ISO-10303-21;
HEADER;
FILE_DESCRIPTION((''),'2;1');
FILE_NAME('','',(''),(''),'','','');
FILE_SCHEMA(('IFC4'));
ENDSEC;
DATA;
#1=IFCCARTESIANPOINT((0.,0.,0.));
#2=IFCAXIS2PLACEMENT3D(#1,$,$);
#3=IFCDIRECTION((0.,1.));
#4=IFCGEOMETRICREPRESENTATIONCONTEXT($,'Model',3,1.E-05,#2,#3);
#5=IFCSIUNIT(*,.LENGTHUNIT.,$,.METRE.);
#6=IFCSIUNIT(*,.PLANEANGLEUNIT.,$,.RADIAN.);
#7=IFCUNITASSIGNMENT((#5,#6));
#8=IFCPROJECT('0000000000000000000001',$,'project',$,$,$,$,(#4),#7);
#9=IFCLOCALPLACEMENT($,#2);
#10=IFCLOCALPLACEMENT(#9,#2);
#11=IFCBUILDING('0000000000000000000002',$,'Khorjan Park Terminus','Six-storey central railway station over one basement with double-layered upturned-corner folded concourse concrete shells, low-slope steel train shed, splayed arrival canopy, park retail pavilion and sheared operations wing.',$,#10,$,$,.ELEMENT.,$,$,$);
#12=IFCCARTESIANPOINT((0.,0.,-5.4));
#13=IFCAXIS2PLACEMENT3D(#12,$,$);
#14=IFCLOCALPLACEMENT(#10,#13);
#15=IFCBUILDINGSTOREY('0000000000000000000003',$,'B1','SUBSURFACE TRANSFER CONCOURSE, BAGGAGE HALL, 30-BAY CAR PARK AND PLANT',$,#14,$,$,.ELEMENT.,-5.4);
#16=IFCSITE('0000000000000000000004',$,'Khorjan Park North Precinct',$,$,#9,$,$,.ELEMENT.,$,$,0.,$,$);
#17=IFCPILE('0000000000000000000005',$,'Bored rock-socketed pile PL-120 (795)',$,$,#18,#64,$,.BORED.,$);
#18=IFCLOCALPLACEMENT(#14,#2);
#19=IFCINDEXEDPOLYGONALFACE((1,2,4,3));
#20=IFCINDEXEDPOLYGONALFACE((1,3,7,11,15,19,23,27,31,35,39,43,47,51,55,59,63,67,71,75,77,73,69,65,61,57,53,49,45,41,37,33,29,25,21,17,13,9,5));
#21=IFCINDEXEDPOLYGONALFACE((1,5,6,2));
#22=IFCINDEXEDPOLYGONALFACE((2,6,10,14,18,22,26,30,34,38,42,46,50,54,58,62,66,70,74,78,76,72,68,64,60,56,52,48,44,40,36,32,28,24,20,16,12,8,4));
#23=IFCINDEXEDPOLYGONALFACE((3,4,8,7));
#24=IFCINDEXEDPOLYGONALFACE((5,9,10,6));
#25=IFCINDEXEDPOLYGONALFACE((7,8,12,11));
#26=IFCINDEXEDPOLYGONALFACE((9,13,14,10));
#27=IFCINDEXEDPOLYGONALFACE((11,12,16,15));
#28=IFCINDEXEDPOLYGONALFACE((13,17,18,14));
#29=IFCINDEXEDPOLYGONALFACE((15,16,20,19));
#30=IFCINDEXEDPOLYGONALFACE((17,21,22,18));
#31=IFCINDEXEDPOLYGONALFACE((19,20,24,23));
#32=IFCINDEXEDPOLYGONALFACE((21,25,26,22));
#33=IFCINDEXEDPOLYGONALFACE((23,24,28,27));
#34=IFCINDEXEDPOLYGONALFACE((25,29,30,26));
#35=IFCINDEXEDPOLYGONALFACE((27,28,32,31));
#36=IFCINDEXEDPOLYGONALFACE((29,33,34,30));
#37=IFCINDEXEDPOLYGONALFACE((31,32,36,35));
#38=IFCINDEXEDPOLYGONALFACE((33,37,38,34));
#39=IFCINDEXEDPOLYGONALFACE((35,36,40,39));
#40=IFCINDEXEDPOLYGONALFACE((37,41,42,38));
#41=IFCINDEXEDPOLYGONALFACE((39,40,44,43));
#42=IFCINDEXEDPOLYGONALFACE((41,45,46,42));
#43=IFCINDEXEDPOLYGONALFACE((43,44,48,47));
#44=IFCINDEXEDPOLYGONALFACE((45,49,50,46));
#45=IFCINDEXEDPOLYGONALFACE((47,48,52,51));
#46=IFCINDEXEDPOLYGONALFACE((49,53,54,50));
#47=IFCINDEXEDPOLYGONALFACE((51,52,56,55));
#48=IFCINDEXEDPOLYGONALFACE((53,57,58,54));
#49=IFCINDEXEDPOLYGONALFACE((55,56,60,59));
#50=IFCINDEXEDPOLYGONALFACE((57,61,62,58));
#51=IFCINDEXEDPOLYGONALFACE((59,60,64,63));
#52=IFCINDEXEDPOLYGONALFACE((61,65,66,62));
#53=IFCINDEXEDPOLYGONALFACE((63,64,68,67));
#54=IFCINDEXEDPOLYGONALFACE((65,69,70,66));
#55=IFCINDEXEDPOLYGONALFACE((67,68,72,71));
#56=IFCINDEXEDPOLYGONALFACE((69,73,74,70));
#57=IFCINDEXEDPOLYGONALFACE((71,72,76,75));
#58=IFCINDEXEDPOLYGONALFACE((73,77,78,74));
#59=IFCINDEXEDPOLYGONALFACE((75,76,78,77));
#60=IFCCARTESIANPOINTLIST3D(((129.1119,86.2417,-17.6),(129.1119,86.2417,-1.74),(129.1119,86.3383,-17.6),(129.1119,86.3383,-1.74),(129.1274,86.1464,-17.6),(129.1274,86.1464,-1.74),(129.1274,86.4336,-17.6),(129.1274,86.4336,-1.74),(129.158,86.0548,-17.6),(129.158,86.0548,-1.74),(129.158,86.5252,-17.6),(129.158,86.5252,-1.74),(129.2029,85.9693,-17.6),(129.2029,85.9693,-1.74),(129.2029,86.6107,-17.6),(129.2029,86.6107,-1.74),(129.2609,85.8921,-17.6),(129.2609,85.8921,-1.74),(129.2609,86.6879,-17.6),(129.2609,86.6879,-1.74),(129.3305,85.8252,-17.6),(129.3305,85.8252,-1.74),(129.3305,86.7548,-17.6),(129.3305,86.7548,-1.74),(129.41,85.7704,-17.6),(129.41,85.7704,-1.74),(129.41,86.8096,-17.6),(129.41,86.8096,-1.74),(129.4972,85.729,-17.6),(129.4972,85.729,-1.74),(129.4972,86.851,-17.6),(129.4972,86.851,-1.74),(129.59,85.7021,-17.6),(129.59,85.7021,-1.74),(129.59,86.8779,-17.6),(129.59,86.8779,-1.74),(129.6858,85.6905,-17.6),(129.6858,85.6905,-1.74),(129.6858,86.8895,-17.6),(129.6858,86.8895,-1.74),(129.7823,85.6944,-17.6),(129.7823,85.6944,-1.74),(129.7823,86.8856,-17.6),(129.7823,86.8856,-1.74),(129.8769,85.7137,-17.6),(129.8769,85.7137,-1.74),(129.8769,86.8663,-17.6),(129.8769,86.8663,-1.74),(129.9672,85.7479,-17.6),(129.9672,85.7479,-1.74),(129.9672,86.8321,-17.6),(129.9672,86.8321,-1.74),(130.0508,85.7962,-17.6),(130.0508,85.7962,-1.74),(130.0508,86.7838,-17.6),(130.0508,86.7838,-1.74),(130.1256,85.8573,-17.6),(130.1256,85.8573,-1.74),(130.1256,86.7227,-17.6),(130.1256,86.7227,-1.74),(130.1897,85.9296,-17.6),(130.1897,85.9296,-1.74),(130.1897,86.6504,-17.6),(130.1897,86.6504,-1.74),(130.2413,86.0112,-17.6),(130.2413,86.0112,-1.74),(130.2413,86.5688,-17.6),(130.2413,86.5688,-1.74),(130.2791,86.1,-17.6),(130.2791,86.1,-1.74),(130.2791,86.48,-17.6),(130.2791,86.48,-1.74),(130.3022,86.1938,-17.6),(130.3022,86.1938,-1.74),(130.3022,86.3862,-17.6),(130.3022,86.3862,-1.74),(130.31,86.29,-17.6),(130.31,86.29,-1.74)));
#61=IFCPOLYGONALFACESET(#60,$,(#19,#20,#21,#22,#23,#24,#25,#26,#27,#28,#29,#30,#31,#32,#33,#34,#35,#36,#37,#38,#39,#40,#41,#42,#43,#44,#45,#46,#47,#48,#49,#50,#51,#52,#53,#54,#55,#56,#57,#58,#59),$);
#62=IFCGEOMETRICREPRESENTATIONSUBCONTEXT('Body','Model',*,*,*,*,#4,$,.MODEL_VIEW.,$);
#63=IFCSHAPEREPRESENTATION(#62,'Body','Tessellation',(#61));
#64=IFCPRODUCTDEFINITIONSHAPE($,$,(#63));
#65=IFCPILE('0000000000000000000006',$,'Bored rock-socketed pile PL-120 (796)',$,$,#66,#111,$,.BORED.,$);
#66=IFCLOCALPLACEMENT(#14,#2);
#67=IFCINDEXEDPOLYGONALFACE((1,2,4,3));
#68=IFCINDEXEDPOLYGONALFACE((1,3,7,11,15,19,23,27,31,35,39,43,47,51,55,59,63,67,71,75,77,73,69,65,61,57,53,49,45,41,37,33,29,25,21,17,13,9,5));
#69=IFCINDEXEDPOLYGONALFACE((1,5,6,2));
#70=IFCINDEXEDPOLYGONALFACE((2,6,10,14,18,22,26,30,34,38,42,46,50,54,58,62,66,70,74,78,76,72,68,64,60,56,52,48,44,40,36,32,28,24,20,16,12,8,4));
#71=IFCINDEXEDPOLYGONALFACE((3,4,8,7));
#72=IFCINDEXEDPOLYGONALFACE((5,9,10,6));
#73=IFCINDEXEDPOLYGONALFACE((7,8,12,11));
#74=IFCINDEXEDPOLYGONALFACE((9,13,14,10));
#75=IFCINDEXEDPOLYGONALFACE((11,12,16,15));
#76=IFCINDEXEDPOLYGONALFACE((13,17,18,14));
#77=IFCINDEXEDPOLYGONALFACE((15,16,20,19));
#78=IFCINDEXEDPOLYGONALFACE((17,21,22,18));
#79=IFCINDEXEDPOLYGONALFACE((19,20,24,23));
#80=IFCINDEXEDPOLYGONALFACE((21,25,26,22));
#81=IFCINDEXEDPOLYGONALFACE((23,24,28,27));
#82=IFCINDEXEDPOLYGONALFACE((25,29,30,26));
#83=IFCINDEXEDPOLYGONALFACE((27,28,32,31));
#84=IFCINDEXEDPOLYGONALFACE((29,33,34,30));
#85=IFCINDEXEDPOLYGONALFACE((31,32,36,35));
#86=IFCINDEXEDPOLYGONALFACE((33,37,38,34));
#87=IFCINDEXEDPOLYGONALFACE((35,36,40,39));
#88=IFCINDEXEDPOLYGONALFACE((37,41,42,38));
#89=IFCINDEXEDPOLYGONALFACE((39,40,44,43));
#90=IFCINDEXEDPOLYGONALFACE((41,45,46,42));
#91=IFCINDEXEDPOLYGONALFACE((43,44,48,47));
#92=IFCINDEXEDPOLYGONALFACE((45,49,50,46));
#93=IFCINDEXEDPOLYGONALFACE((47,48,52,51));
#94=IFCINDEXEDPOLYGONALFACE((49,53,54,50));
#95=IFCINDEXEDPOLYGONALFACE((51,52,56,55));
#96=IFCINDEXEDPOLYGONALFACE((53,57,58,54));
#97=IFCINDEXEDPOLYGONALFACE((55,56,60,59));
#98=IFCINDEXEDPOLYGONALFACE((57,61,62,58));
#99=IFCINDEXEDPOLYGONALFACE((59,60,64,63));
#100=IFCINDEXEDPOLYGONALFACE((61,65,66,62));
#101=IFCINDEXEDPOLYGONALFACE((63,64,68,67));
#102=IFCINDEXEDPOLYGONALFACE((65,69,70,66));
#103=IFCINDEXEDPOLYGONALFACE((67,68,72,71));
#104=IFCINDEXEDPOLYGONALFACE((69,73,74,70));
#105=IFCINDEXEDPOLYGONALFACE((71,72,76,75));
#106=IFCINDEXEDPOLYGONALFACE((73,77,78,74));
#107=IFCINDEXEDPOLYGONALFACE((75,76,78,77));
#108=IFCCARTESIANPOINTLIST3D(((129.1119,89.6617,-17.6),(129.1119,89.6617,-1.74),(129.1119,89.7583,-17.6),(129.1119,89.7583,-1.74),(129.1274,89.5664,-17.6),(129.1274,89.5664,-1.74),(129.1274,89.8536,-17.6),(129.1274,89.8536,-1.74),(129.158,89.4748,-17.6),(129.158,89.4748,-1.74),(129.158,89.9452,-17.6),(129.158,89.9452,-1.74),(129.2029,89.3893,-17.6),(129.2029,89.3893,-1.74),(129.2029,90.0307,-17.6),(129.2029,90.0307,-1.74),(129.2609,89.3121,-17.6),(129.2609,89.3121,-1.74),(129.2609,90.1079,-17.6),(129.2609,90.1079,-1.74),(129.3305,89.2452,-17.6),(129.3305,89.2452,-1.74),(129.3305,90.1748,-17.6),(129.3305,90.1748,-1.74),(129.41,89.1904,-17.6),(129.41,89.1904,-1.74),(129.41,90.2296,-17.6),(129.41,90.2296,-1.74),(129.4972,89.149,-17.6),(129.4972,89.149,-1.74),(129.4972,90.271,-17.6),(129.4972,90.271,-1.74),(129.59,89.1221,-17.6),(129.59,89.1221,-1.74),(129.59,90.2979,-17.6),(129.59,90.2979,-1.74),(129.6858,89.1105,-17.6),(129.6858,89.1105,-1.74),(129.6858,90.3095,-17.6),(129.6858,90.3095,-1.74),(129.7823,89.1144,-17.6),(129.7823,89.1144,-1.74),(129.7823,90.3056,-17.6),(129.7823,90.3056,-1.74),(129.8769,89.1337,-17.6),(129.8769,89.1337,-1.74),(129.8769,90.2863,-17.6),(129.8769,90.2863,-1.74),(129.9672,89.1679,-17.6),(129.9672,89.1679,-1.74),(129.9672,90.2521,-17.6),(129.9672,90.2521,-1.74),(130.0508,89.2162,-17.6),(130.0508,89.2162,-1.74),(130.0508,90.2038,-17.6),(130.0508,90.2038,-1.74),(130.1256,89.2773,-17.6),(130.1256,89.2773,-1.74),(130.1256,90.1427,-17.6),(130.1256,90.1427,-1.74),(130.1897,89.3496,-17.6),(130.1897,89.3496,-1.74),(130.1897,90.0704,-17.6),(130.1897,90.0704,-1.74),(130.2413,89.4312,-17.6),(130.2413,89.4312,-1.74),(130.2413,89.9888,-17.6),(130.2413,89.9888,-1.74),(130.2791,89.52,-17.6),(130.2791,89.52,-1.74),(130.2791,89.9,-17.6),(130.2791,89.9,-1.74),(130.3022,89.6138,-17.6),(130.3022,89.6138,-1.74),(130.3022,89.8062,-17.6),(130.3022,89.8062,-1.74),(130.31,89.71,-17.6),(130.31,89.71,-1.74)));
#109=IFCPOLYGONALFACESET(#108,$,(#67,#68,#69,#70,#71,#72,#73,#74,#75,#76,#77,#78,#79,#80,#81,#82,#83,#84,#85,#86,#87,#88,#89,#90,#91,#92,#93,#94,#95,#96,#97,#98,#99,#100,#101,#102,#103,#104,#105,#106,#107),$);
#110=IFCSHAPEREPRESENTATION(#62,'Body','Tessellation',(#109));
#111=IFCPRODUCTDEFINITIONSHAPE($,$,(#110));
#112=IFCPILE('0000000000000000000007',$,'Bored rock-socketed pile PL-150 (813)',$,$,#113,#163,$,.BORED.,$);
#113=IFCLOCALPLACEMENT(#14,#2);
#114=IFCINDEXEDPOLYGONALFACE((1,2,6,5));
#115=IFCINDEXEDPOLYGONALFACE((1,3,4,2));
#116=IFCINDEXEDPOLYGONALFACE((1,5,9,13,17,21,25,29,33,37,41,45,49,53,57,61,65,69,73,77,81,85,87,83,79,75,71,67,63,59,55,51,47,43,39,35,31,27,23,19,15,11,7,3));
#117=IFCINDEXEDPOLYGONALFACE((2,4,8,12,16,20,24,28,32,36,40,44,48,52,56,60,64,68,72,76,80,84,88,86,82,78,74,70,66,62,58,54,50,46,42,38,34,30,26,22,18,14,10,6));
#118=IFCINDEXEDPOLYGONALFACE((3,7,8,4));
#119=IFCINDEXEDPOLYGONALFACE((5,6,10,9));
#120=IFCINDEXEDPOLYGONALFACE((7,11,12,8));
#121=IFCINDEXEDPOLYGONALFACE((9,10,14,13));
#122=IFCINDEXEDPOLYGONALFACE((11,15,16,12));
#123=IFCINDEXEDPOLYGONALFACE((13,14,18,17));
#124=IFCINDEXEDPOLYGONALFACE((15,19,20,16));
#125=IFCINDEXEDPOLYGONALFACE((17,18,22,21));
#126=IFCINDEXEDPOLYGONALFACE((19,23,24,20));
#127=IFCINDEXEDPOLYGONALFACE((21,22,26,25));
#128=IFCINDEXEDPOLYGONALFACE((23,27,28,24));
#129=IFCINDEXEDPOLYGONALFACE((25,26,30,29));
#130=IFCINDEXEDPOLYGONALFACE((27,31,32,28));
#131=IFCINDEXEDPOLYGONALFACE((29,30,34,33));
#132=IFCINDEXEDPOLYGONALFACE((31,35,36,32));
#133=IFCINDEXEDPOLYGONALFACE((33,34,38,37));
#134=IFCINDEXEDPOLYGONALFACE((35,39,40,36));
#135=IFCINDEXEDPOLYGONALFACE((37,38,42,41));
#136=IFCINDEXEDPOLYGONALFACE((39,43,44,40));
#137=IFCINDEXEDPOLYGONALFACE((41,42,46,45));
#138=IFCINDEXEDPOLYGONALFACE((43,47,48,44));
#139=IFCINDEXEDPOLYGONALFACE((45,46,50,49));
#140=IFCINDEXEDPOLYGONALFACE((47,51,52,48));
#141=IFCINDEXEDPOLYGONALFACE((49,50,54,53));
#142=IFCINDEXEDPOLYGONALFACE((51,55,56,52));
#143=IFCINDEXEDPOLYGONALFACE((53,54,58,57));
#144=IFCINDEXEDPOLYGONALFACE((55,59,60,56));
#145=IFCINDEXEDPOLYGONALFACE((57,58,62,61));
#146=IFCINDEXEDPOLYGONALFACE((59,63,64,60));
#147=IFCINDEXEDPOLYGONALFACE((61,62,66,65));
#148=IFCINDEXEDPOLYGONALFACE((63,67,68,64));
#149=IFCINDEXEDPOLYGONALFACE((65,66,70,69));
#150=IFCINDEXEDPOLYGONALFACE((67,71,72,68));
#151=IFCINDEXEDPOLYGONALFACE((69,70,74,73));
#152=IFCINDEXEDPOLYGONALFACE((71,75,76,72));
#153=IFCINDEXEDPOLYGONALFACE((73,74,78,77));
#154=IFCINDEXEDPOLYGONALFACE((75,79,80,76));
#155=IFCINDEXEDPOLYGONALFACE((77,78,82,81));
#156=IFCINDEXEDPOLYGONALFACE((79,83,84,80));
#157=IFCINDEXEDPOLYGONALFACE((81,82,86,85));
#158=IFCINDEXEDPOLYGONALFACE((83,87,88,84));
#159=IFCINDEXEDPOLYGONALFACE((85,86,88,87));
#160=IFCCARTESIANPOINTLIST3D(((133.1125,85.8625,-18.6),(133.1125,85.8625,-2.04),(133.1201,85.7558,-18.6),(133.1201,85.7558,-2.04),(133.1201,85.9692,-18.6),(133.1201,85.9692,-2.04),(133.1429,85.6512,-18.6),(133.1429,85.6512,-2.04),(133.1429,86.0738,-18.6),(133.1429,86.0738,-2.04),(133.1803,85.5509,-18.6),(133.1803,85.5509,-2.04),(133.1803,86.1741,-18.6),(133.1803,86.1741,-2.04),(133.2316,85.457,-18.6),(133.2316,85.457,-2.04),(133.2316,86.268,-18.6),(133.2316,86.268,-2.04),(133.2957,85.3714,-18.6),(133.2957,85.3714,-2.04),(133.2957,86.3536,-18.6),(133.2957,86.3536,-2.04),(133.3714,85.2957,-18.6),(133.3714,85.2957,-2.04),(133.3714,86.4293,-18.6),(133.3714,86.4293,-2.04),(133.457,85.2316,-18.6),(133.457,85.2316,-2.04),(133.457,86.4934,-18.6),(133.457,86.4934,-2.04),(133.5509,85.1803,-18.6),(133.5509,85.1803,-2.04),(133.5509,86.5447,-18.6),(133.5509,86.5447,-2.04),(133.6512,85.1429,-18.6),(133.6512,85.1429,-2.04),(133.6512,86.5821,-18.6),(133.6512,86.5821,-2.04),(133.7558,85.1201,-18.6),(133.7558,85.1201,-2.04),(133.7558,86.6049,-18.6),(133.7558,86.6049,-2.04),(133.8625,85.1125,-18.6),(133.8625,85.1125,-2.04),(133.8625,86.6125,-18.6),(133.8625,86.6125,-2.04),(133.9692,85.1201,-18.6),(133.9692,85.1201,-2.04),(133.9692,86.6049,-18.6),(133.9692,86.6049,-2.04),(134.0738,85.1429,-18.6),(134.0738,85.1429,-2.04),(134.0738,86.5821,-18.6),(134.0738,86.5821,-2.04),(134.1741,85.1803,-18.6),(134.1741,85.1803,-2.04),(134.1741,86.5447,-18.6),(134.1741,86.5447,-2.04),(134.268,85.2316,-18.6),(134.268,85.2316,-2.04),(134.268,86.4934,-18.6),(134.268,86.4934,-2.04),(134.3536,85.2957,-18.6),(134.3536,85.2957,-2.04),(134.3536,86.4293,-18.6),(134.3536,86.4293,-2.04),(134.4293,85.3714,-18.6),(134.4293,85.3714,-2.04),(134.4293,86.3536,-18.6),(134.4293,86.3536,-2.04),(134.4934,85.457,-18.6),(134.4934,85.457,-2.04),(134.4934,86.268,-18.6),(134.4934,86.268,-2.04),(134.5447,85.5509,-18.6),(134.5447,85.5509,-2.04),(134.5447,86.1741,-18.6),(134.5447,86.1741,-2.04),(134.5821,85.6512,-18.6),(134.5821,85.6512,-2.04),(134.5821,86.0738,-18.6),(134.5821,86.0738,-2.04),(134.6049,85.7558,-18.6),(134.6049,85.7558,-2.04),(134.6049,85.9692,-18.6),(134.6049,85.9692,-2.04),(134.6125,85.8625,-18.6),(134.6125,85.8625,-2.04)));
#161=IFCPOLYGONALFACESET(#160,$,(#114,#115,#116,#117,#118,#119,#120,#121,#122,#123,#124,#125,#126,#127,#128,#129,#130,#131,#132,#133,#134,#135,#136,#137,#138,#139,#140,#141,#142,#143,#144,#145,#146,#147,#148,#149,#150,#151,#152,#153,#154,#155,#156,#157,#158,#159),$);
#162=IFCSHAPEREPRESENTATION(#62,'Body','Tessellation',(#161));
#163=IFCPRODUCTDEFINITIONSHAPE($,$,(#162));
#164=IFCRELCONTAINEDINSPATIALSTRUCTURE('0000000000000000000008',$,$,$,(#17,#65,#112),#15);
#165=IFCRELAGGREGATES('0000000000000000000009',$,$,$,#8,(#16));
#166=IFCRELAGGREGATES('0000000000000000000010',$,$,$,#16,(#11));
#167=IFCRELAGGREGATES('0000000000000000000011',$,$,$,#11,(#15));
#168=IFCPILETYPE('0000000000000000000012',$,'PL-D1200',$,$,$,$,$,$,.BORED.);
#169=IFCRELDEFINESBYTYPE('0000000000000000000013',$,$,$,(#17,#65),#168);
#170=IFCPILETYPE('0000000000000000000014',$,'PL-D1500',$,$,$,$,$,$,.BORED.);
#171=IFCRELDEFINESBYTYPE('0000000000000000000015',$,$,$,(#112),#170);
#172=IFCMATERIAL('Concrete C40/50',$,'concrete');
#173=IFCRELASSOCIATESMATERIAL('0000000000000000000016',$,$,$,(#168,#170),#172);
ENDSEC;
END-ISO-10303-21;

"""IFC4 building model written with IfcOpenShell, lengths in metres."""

from ifc_helpers import new_model, si_unit, direction, frame, origin, origin_2d, place, context, subcontext, project, spatial, circle, extrude, material, material_profile, profile_set, type_object, element, save


model = new_model("IFC4")

# Units and contexts
model_context = context("Model", 3, precision=1e-05, world=origin(), true_north=direction((0.0, 1.0)))
body_context = subcontext(model_context, "Body", "Model", "MODEL_VIEW")
ifc_project = project(units=[si_unit("LENGTHUNIT", "METRE"), si_unit("PLANEANGLEUNIT", "RADIAN")], contexts=[model_context])

# Site, building, storey
site_placement = place(None, origin())
site = spatial("IfcSite", under=ifc_project, at=site_placement, Name="Khorjan Park North Precinct", CompositionType="ELEMENT", RefElevation=0.0)
building_placement = place(site_placement, origin())
building = spatial("IfcBuilding", under=site, at=building_placement, Name="Khorjan Park Terminus", Description="Six-storey central railway station over one basement with double-layered upturned-corner folded concourse concrete shells, low-slope steel train shed, splayed arrival canopy, park retail pavilion and sheared operations wing.", CompositionType="ELEMENT")
storey_placement = place(building_placement, frame((0.0, 0.0, -5.4)))
storey = spatial("IfcBuildingStorey", under=building, at=storey_placement, Name="B1", Description="SUBSURFACE TRANSFER CONCOURSE, BAGGAGE HALL, 30-BAY CAR PARK AND PLANT", CompositionType="ELEMENT", Elevation=-5.4)

# Shared definitions
ifc_material_1 = material(Name="Concrete C40/50", Category="concrete")

# Piles
ifc_material_profile_1 = material_profile(ifc_material_1, circle(Radius=0.6, at=origin_2d()), Name="BORED D1200")
ifc_profile_set_1 = profile_set([ifc_material_profile_1], Name="Concrete C40/50")
pile_type_1 = type_object("IfcPileType", Name="PL-D1200", PredefinedType="BORED", material=ifc_profile_set_1)
for number, where, z_axis, x_axis, name in (
    (1, (129.71, 86.29, -1.74), (0.0, 0.0, -1.0), (1.0, 0.0, 0.0), "Bored rock-socketed pile PL-120 (795)"),
    (2, (129.71, 89.71, -1.74), (0.0, 0.0, -1.0), (1.0, 0.0, 0.0), "Bored rock-socketed pile PL-120 (796)"),
):
    element("IfcPile", number, at=place(storey_placement, frame(where, z_axis=z_axis, x_axis=x_axis)), inside=storey, type_object=pile_type_1, Name=name, PredefinedType="BORED", context=body_context, shape_type="SweptSolid", body=[
        extrude(circle(Radius=0.6, at=origin_2d()), origin(), (0.0, 0.0, 1.0), 15.86),
    ])
ifc_material_profile_2 = material_profile(ifc_material_1, circle(Radius=0.75, at=origin_2d()), Name="BORED D1500")
ifc_profile_set_2 = profile_set([ifc_material_profile_2], Name="Concrete C40/50")
pile_type_2 = type_object("IfcPileType", Name="PL-D1500", PredefinedType="BORED", material=ifc_profile_set_2)
for number, where, z_axis, x_axis, name in (
    (3, (133.8625, 85.8625, -2.04), (0.0, 0.0, -1.0), (1.0, 0.0, 0.0), "Bored rock-socketed pile PL-150 (813)"),
):
    element("IfcPile", number, at=place(storey_placement, frame(where, z_axis=z_axis, x_axis=x_axis)), inside=storey, type_object=pile_type_2, Name=name, PredefinedType="BORED", context=body_context, shape_type="SweptSolid", body=[
        extrude(circle(Radius=0.75, at=origin_2d()), origin(), (0.0, 0.0, 1.0), 16.56),
    ])

save(model, "model.ifc")
